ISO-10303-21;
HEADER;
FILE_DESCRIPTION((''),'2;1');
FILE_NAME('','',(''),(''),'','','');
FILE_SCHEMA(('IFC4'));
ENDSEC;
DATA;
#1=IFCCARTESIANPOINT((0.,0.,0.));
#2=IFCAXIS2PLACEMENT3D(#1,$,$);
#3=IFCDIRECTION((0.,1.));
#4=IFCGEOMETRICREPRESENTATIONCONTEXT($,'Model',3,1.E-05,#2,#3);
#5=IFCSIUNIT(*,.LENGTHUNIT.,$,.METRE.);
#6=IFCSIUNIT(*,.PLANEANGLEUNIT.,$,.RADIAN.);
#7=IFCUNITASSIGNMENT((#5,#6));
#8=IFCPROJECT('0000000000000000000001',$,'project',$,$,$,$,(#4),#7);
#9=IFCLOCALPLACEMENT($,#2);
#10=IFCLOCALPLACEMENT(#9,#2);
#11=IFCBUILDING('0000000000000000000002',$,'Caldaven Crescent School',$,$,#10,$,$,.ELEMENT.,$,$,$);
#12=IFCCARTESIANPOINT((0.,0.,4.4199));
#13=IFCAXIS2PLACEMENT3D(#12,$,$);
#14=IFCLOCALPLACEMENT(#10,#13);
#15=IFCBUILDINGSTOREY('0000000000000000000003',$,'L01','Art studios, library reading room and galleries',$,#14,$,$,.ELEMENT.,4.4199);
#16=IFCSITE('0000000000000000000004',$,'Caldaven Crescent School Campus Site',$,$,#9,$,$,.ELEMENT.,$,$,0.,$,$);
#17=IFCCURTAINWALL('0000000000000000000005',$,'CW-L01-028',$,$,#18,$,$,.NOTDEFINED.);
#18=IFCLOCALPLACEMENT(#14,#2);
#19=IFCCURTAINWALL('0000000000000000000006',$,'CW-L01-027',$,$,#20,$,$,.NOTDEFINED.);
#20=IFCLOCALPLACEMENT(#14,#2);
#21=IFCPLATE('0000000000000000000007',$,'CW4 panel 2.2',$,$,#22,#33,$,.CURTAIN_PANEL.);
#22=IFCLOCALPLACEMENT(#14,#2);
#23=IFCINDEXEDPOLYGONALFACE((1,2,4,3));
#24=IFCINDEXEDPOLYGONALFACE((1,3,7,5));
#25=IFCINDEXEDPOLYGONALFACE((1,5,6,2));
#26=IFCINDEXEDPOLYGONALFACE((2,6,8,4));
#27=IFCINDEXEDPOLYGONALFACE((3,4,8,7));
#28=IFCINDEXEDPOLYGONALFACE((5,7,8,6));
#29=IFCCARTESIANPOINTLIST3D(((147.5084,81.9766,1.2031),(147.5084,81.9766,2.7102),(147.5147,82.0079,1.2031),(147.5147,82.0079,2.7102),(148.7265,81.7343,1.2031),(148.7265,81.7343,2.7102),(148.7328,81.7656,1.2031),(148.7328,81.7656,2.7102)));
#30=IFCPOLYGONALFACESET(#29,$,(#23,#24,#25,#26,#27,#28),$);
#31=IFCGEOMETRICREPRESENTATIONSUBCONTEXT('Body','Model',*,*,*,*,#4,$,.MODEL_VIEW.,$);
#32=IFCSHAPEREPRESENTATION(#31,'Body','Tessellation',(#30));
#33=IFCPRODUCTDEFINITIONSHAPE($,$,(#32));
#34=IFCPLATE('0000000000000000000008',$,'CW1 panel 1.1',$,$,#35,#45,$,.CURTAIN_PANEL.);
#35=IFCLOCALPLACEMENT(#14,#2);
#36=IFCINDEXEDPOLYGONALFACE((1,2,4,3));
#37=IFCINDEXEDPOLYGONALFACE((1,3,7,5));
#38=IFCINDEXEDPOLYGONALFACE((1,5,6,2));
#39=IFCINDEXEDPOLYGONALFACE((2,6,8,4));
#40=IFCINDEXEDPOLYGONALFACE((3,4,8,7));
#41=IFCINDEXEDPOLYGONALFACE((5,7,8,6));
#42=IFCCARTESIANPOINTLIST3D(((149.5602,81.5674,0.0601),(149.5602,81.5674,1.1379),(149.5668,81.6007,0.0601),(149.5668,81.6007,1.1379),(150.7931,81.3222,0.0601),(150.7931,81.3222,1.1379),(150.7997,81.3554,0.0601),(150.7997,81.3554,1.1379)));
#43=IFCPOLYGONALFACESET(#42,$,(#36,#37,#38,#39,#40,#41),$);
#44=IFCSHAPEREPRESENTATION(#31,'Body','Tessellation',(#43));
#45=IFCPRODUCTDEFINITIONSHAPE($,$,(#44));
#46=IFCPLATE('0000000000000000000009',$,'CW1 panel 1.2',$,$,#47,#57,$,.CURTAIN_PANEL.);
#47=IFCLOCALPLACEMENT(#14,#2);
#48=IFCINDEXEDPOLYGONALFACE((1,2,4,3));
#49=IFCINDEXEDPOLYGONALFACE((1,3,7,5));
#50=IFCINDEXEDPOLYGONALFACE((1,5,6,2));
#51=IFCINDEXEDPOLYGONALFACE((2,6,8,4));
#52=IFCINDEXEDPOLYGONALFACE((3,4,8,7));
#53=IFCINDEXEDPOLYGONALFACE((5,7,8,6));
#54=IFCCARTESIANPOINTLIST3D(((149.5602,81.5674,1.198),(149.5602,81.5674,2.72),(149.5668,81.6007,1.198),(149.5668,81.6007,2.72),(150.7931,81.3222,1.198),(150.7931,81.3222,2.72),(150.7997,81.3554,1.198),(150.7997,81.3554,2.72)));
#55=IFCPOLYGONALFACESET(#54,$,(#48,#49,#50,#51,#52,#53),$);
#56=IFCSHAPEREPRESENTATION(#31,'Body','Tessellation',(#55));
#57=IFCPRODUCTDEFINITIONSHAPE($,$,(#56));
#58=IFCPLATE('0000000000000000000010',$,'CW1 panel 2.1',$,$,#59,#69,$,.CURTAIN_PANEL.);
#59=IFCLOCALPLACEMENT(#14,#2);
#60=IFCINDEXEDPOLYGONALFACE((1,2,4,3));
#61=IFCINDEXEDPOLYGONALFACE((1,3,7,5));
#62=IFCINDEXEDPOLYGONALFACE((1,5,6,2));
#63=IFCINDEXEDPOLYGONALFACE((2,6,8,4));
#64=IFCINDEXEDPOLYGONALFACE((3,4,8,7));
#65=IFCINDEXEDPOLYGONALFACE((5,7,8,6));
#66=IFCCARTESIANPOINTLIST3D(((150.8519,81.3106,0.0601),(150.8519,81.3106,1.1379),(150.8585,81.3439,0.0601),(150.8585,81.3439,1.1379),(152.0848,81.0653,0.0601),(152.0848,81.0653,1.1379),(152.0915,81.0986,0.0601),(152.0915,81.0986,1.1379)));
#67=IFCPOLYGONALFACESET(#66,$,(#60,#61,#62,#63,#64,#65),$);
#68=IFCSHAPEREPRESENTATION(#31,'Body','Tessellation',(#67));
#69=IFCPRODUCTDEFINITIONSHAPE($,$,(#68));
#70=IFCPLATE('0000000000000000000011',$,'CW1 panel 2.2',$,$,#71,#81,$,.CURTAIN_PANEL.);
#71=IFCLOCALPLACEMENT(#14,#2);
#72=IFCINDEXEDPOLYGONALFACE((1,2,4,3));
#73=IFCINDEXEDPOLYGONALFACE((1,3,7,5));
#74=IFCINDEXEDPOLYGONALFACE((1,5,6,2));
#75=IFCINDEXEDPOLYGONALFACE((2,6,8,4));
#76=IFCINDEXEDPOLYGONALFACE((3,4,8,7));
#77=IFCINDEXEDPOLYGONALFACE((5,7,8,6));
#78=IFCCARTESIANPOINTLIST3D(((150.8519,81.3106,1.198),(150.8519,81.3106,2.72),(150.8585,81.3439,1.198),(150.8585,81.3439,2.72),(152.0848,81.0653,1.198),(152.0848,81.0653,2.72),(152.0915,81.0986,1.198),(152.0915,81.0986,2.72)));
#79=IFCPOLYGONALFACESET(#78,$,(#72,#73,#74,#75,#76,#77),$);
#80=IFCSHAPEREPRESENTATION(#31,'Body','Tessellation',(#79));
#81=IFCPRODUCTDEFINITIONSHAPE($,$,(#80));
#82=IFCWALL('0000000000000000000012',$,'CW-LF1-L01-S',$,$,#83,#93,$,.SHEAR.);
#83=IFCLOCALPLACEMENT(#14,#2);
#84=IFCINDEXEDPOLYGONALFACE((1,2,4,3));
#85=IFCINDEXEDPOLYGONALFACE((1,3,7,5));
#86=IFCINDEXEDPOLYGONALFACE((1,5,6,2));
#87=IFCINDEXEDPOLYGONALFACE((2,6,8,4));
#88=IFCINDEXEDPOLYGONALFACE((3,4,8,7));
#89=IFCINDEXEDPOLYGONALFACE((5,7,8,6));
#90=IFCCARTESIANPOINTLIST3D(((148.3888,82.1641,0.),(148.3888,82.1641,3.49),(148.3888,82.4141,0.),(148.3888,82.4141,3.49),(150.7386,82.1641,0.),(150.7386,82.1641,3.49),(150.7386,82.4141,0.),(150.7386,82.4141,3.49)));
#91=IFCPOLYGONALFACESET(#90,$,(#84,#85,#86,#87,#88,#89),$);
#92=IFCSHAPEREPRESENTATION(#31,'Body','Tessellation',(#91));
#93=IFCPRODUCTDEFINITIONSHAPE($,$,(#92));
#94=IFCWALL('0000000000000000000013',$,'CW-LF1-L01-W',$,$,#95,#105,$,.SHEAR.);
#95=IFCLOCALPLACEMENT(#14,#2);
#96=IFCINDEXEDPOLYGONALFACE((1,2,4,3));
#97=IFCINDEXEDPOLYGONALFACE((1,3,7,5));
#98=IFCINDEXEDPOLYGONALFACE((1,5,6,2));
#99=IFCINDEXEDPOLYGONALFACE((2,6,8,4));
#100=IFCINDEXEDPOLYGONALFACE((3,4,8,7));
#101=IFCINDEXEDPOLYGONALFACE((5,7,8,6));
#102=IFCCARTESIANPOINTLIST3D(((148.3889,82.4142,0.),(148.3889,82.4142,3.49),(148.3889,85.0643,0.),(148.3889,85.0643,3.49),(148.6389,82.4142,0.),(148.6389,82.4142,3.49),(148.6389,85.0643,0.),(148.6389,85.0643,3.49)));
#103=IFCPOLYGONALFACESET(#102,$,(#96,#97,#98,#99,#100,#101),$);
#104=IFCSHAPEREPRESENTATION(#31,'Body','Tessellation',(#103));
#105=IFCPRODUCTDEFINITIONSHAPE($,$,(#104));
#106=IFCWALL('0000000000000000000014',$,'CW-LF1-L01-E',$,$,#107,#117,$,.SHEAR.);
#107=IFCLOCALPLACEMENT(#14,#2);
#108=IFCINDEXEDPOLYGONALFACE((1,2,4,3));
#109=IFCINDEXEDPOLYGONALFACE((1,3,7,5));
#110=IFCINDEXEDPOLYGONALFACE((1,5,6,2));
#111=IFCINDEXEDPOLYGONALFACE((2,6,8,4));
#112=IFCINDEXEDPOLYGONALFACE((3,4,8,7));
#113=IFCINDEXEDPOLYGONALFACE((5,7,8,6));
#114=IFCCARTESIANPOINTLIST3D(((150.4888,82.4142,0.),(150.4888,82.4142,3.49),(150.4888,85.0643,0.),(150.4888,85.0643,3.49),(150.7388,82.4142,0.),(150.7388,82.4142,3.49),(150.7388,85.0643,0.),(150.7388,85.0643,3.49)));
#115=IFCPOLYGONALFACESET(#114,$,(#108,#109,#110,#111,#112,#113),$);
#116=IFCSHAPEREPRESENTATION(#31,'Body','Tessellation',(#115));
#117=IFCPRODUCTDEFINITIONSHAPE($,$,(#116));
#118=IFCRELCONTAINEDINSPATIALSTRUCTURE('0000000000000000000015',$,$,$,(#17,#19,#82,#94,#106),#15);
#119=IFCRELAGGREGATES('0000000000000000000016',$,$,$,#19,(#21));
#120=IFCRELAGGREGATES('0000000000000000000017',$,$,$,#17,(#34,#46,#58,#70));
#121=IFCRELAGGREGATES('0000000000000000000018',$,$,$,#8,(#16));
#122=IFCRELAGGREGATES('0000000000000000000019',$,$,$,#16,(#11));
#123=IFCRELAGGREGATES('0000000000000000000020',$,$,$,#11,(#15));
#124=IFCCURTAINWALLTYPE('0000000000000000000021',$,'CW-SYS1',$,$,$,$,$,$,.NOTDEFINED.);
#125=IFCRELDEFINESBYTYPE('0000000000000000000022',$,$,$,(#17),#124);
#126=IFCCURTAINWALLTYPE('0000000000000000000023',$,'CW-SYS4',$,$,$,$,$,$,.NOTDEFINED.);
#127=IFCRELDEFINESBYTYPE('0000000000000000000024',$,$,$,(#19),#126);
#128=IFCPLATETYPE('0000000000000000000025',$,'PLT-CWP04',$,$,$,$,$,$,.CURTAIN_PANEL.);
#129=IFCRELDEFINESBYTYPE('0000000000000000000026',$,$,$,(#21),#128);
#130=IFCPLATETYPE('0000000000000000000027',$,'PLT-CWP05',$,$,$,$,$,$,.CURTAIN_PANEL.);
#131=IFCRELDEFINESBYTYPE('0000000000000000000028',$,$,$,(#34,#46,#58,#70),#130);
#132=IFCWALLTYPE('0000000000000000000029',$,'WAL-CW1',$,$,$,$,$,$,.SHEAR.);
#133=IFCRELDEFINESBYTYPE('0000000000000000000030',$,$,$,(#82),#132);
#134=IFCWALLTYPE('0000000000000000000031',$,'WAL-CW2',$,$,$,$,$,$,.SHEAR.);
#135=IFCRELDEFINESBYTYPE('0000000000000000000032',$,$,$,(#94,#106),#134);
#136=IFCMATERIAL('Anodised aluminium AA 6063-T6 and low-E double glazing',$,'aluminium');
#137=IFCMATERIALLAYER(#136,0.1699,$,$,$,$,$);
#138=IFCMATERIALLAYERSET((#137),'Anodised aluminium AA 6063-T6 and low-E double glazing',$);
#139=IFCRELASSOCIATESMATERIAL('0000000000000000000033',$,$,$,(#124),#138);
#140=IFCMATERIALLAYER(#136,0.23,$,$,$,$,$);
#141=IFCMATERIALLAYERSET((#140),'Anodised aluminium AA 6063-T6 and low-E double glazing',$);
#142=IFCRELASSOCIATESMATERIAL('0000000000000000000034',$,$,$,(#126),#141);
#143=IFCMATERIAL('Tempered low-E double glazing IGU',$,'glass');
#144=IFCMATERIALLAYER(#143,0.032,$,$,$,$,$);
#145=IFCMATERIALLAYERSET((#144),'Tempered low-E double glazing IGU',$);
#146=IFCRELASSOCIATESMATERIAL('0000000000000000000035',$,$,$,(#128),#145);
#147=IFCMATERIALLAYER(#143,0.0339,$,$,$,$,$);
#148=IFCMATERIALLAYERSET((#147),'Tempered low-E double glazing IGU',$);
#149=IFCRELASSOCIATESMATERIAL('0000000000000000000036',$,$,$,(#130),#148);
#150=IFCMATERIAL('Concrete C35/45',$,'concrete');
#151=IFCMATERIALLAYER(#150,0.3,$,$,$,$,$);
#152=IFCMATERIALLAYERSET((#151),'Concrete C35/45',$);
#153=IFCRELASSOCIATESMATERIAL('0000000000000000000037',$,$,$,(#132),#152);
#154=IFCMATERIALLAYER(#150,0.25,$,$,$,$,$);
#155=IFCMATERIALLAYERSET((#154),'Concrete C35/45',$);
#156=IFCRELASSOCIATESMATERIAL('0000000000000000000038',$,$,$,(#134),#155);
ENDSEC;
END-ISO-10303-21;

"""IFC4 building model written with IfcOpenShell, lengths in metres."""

from ifc_helpers import new_model, si_unit, direction, frame, frame_2d, origin, origin_2d, place, context, subcontext, project, spatial, rectangle, extrude, material, layer, layer_set, type_object, element, aggregate, save


model = new_model("IFC4")

# Units and contexts
model_context = context("Model", 3, precision=1e-05, world=origin(), true_north=direction((0.0, 1.0)))
body_context = subcontext(model_context, "Body", "Model", "MODEL_VIEW")
ifc_project = project(units=[si_unit("LENGTHUNIT", "METRE"), si_unit("PLANEANGLEUNIT", "RADIAN")], contexts=[model_context])

# Site, building, storey
site_placement = place(None, origin())
site = spatial("IfcSite", under=ifc_project, at=site_placement, Name="Caldaven Crescent School Campus Site", CompositionType="ELEMENT", RefElevation=0.0)
building_placement = place(site_placement, origin())
building = spatial("IfcBuilding", under=site, at=building_placement, Name="Caldaven Crescent School", CompositionType="ELEMENT")
storey_placement = place(building_placement, frame((0.0, 0.0, 4.4199)))
storey = spatial("IfcBuildingStorey", under=building, at=storey_placement, Name="L01", Description="Art studios, library reading room and galleries", CompositionType="ELEMENT", Elevation=4.4199)

# Shared definitions
ifc_material_1 = material(Name="Concrete C35/45", Category="concrete")

# Curtain wall
ifc_material_2 = material(Name="Anodised aluminium AA 6063-T6 and low-E double glazing", Category="aluminium")
ifc_layer_1 = layer(ifc_material_2, 0.1699)
ifc_layer_set_1 = layer_set([ifc_layer_1], Name="Anodised aluminium AA 6063-T6 and low-E double glazing")
curtain_wall_type_1 = type_object("IfcCurtainWallType", Name="CW-SYS1", PredefinedType="NOTDEFINED", material=ifc_layer_set_1)
curtain_wall_1_placement = place(storey_placement, origin())
curtain_wall_1 = element("IfcCurtainWall", 1, at=curtain_wall_1_placement, inside=storey, type_object=curtain_wall_type_1, Name="CW-L01-028", PredefinedType="NOTDEFINED")

# Curtain wall
ifc_layer_2 = layer(ifc_material_2, 0.23)
ifc_layer_set_2 = layer_set([ifc_layer_2], Name="Anodised aluminium AA 6063-T6 and low-E double glazing")
curtain_wall_type_2 = type_object("IfcCurtainWallType", Name="CW-SYS4", PredefinedType="NOTDEFINED", material=ifc_layer_set_2)
curtain_wall_2_placement = place(storey_placement, origin())
curtain_wall_2 = element("IfcCurtainWall", 2, at=curtain_wall_2_placement, inside=storey, type_object=curtain_wall_type_2, Name="CW-L01-027", PredefinedType="NOTDEFINED")

# Plates
ifc_material_3 = material(Name="Tempered low-E double glazing IGU", Category="glass")
ifc_layer_3 = layer(ifc_material_3, 0.032)
ifc_layer_set_3 = layer_set([ifc_layer_3], Name="Tempered low-E double glazing IGU")
plate_type_1 = type_object("IfcPlateType", Name="PLT-CWP04", PredefinedType="CURTAIN_PANEL", material=ifc_layer_set_3)
plate_1_placement = place(storey_placement, frame((148.1206, 81.8711, 1.2031), z_axis=(0.0, 0.0, 1.0), x_axis=(0.980785, -0.19509, 0.0)))
plate_1 = element("IfcPlate", 3, at=plate_1_placement, type_object=plate_type_1, Name="CW4 panel 2.2", PredefinedType="CURTAIN_PANEL", context=body_context, shape_type="SweptSolid", body=[
    extrude(rectangle(XDim=1.2419, YDim=0.032, at=origin_2d()), origin(), (0.0, 0.0, 1.0), 1.5071),
])
aggregate(curtain_wall_2, [plate_1])
ifc_layer_4 = layer(ifc_material_3, 0.0339)
ifc_layer_set_4 = layer_set([ifc_layer_4], Name="Tempered low-E double glazing IGU")
plate_type_2 = type_object("IfcPlateType", Name="PLT-CWP05", PredefinedType="CURTAIN_PANEL", material=ifc_layer_set_4)
plate_2_placement = place(storey_placement, frame((150.1799, 81.4614, 0.0601), z_axis=(0.0, 0.0, 1.0), x_axis=(0.980785, -0.19509, 0.0)))
plate_2 = element("IfcPlate", 4, at=plate_2_placement, type_object=plate_type_2, Name="CW1 panel 1.1", PredefinedType="CURTAIN_PANEL", context=body_context, shape_type="SweptSolid", body=[
    extrude(rectangle(XDim=1.2571, YDim=0.0339, at=origin_2d()), origin(), (0.0, 0.0, 1.0), 1.0779),
])
plate_3_placement = place(storey_placement, frame((150.1799, 81.4614, 1.198), z_axis=(0.0, 0.0, 1.0), x_axis=(0.980785, -0.19509, 0.0)))
plate_3 = element("IfcPlate", 5, at=plate_3_placement, type_object=plate_type_2, Name="CW1 panel 1.2", PredefinedType="CURTAIN_PANEL", context=body_context, shape_type="SweptSolid", body=[
    extrude(rectangle(XDim=1.2571, YDim=0.0339, at=origin_2d()), origin(), (0.0, 0.0, 1.0), 1.522),
])
plate_4_placement = place(storey_placement, frame((151.4717, 81.2046, 0.0601), z_axis=(0.0, 0.0, 1.0), x_axis=(0.980785, -0.19509, 0.0)))
plate_4 = element("IfcPlate", 6, at=plate_4_placement, type_object=plate_type_2, Name="CW1 panel 2.1", PredefinedType="CURTAIN_PANEL", context=body_context, shape_type="SweptSolid", body=[
    extrude(rectangle(XDim=1.2571, YDim=0.0339, at=origin_2d()), origin(), (0.0, 0.0, 1.0), 1.0779),
])
plate_5_placement = place(storey_placement, frame((151.4717, 81.2046, 1.198), z_axis=(0.0, 0.0, 1.0), x_axis=(0.980785, -0.19509, 0.0)))
plate_5 = element("IfcPlate", 7, at=plate_5_placement, type_object=plate_type_2, Name="CW1 panel 2.2", PredefinedType="CURTAIN_PANEL", context=body_context, shape_type="SweptSolid", body=[
    extrude(rectangle(XDim=1.2571, YDim=0.0339, at=origin_2d()), origin(), (0.0, 0.0, 1.0), 1.522),
])
aggregate(curtain_wall_1, [plate_2, plate_3, plate_4, plate_5])

# Walls
ifc_layer_5 = layer(ifc_material_1, 0.3)
ifc_layer_set_5 = layer_set([ifc_layer_5], Name="Concrete C35/45")
wall_type_1 = type_object("IfcWallType", Name="WAL-CW1", PredefinedType="SHEAR", material=ifc_layer_set_5)
wall_placement = place(storey_placement, frame((148.3889, 82.2891, 0.0), z_axis=(0.0, 0.0, 1.0), x_axis=(1.0, 0.0, 0.0)))
element("IfcWall", 8, at=wall_placement, inside=storey, type_object=wall_type_1, Name="CW-LF1-L01-S", PredefinedType="SHEAR", context=body_context, shape_type="SweptSolid", body=[
    extrude(rectangle(XDim=2.3499, YDim=0.25, at=frame_2d((1.1748, 0.0))), origin(), (0.0, 0.0, 1.0), 3.49),
])
ifc_layer_6 = layer(ifc_material_1, 0.25)
ifc_layer_set_6 = layer_set([ifc_layer_6], Name="Concrete C35/45")
wall_type_2 = type_object("IfcWallType", Name="WAL-CW2", PredefinedType="SHEAR", material=ifc_layer_set_6)
for number, where, z_axis, x_axis, name in (
    (9, (148.5139, 82.4141, 0.0), (0.0, 0.0, 1.0), (0.0, 1.0, 0.0), "CW-LF1-L01-W"),
    (10, (150.6138, 82.4141, 0.0), (0.0, 0.0, 1.0), (0.0, 1.0, 0.0), "CW-LF1-L01-E"),
):
    element("IfcWall", number, at=place(storey_placement, frame(where, z_axis=z_axis, x_axis=x_axis)), inside=storey, type_object=wall_type_2, Name=name, PredefinedType="SHEAR", context=body_context, shape_type="SweptSolid", body=[
        extrude(rectangle(XDim=2.6501, YDim=0.25, at=frame_2d((1.3252, 0.0))), origin(), (0.0, 0.0, 1.0), 3.49),
    ])

save(model, "model.ifc")
